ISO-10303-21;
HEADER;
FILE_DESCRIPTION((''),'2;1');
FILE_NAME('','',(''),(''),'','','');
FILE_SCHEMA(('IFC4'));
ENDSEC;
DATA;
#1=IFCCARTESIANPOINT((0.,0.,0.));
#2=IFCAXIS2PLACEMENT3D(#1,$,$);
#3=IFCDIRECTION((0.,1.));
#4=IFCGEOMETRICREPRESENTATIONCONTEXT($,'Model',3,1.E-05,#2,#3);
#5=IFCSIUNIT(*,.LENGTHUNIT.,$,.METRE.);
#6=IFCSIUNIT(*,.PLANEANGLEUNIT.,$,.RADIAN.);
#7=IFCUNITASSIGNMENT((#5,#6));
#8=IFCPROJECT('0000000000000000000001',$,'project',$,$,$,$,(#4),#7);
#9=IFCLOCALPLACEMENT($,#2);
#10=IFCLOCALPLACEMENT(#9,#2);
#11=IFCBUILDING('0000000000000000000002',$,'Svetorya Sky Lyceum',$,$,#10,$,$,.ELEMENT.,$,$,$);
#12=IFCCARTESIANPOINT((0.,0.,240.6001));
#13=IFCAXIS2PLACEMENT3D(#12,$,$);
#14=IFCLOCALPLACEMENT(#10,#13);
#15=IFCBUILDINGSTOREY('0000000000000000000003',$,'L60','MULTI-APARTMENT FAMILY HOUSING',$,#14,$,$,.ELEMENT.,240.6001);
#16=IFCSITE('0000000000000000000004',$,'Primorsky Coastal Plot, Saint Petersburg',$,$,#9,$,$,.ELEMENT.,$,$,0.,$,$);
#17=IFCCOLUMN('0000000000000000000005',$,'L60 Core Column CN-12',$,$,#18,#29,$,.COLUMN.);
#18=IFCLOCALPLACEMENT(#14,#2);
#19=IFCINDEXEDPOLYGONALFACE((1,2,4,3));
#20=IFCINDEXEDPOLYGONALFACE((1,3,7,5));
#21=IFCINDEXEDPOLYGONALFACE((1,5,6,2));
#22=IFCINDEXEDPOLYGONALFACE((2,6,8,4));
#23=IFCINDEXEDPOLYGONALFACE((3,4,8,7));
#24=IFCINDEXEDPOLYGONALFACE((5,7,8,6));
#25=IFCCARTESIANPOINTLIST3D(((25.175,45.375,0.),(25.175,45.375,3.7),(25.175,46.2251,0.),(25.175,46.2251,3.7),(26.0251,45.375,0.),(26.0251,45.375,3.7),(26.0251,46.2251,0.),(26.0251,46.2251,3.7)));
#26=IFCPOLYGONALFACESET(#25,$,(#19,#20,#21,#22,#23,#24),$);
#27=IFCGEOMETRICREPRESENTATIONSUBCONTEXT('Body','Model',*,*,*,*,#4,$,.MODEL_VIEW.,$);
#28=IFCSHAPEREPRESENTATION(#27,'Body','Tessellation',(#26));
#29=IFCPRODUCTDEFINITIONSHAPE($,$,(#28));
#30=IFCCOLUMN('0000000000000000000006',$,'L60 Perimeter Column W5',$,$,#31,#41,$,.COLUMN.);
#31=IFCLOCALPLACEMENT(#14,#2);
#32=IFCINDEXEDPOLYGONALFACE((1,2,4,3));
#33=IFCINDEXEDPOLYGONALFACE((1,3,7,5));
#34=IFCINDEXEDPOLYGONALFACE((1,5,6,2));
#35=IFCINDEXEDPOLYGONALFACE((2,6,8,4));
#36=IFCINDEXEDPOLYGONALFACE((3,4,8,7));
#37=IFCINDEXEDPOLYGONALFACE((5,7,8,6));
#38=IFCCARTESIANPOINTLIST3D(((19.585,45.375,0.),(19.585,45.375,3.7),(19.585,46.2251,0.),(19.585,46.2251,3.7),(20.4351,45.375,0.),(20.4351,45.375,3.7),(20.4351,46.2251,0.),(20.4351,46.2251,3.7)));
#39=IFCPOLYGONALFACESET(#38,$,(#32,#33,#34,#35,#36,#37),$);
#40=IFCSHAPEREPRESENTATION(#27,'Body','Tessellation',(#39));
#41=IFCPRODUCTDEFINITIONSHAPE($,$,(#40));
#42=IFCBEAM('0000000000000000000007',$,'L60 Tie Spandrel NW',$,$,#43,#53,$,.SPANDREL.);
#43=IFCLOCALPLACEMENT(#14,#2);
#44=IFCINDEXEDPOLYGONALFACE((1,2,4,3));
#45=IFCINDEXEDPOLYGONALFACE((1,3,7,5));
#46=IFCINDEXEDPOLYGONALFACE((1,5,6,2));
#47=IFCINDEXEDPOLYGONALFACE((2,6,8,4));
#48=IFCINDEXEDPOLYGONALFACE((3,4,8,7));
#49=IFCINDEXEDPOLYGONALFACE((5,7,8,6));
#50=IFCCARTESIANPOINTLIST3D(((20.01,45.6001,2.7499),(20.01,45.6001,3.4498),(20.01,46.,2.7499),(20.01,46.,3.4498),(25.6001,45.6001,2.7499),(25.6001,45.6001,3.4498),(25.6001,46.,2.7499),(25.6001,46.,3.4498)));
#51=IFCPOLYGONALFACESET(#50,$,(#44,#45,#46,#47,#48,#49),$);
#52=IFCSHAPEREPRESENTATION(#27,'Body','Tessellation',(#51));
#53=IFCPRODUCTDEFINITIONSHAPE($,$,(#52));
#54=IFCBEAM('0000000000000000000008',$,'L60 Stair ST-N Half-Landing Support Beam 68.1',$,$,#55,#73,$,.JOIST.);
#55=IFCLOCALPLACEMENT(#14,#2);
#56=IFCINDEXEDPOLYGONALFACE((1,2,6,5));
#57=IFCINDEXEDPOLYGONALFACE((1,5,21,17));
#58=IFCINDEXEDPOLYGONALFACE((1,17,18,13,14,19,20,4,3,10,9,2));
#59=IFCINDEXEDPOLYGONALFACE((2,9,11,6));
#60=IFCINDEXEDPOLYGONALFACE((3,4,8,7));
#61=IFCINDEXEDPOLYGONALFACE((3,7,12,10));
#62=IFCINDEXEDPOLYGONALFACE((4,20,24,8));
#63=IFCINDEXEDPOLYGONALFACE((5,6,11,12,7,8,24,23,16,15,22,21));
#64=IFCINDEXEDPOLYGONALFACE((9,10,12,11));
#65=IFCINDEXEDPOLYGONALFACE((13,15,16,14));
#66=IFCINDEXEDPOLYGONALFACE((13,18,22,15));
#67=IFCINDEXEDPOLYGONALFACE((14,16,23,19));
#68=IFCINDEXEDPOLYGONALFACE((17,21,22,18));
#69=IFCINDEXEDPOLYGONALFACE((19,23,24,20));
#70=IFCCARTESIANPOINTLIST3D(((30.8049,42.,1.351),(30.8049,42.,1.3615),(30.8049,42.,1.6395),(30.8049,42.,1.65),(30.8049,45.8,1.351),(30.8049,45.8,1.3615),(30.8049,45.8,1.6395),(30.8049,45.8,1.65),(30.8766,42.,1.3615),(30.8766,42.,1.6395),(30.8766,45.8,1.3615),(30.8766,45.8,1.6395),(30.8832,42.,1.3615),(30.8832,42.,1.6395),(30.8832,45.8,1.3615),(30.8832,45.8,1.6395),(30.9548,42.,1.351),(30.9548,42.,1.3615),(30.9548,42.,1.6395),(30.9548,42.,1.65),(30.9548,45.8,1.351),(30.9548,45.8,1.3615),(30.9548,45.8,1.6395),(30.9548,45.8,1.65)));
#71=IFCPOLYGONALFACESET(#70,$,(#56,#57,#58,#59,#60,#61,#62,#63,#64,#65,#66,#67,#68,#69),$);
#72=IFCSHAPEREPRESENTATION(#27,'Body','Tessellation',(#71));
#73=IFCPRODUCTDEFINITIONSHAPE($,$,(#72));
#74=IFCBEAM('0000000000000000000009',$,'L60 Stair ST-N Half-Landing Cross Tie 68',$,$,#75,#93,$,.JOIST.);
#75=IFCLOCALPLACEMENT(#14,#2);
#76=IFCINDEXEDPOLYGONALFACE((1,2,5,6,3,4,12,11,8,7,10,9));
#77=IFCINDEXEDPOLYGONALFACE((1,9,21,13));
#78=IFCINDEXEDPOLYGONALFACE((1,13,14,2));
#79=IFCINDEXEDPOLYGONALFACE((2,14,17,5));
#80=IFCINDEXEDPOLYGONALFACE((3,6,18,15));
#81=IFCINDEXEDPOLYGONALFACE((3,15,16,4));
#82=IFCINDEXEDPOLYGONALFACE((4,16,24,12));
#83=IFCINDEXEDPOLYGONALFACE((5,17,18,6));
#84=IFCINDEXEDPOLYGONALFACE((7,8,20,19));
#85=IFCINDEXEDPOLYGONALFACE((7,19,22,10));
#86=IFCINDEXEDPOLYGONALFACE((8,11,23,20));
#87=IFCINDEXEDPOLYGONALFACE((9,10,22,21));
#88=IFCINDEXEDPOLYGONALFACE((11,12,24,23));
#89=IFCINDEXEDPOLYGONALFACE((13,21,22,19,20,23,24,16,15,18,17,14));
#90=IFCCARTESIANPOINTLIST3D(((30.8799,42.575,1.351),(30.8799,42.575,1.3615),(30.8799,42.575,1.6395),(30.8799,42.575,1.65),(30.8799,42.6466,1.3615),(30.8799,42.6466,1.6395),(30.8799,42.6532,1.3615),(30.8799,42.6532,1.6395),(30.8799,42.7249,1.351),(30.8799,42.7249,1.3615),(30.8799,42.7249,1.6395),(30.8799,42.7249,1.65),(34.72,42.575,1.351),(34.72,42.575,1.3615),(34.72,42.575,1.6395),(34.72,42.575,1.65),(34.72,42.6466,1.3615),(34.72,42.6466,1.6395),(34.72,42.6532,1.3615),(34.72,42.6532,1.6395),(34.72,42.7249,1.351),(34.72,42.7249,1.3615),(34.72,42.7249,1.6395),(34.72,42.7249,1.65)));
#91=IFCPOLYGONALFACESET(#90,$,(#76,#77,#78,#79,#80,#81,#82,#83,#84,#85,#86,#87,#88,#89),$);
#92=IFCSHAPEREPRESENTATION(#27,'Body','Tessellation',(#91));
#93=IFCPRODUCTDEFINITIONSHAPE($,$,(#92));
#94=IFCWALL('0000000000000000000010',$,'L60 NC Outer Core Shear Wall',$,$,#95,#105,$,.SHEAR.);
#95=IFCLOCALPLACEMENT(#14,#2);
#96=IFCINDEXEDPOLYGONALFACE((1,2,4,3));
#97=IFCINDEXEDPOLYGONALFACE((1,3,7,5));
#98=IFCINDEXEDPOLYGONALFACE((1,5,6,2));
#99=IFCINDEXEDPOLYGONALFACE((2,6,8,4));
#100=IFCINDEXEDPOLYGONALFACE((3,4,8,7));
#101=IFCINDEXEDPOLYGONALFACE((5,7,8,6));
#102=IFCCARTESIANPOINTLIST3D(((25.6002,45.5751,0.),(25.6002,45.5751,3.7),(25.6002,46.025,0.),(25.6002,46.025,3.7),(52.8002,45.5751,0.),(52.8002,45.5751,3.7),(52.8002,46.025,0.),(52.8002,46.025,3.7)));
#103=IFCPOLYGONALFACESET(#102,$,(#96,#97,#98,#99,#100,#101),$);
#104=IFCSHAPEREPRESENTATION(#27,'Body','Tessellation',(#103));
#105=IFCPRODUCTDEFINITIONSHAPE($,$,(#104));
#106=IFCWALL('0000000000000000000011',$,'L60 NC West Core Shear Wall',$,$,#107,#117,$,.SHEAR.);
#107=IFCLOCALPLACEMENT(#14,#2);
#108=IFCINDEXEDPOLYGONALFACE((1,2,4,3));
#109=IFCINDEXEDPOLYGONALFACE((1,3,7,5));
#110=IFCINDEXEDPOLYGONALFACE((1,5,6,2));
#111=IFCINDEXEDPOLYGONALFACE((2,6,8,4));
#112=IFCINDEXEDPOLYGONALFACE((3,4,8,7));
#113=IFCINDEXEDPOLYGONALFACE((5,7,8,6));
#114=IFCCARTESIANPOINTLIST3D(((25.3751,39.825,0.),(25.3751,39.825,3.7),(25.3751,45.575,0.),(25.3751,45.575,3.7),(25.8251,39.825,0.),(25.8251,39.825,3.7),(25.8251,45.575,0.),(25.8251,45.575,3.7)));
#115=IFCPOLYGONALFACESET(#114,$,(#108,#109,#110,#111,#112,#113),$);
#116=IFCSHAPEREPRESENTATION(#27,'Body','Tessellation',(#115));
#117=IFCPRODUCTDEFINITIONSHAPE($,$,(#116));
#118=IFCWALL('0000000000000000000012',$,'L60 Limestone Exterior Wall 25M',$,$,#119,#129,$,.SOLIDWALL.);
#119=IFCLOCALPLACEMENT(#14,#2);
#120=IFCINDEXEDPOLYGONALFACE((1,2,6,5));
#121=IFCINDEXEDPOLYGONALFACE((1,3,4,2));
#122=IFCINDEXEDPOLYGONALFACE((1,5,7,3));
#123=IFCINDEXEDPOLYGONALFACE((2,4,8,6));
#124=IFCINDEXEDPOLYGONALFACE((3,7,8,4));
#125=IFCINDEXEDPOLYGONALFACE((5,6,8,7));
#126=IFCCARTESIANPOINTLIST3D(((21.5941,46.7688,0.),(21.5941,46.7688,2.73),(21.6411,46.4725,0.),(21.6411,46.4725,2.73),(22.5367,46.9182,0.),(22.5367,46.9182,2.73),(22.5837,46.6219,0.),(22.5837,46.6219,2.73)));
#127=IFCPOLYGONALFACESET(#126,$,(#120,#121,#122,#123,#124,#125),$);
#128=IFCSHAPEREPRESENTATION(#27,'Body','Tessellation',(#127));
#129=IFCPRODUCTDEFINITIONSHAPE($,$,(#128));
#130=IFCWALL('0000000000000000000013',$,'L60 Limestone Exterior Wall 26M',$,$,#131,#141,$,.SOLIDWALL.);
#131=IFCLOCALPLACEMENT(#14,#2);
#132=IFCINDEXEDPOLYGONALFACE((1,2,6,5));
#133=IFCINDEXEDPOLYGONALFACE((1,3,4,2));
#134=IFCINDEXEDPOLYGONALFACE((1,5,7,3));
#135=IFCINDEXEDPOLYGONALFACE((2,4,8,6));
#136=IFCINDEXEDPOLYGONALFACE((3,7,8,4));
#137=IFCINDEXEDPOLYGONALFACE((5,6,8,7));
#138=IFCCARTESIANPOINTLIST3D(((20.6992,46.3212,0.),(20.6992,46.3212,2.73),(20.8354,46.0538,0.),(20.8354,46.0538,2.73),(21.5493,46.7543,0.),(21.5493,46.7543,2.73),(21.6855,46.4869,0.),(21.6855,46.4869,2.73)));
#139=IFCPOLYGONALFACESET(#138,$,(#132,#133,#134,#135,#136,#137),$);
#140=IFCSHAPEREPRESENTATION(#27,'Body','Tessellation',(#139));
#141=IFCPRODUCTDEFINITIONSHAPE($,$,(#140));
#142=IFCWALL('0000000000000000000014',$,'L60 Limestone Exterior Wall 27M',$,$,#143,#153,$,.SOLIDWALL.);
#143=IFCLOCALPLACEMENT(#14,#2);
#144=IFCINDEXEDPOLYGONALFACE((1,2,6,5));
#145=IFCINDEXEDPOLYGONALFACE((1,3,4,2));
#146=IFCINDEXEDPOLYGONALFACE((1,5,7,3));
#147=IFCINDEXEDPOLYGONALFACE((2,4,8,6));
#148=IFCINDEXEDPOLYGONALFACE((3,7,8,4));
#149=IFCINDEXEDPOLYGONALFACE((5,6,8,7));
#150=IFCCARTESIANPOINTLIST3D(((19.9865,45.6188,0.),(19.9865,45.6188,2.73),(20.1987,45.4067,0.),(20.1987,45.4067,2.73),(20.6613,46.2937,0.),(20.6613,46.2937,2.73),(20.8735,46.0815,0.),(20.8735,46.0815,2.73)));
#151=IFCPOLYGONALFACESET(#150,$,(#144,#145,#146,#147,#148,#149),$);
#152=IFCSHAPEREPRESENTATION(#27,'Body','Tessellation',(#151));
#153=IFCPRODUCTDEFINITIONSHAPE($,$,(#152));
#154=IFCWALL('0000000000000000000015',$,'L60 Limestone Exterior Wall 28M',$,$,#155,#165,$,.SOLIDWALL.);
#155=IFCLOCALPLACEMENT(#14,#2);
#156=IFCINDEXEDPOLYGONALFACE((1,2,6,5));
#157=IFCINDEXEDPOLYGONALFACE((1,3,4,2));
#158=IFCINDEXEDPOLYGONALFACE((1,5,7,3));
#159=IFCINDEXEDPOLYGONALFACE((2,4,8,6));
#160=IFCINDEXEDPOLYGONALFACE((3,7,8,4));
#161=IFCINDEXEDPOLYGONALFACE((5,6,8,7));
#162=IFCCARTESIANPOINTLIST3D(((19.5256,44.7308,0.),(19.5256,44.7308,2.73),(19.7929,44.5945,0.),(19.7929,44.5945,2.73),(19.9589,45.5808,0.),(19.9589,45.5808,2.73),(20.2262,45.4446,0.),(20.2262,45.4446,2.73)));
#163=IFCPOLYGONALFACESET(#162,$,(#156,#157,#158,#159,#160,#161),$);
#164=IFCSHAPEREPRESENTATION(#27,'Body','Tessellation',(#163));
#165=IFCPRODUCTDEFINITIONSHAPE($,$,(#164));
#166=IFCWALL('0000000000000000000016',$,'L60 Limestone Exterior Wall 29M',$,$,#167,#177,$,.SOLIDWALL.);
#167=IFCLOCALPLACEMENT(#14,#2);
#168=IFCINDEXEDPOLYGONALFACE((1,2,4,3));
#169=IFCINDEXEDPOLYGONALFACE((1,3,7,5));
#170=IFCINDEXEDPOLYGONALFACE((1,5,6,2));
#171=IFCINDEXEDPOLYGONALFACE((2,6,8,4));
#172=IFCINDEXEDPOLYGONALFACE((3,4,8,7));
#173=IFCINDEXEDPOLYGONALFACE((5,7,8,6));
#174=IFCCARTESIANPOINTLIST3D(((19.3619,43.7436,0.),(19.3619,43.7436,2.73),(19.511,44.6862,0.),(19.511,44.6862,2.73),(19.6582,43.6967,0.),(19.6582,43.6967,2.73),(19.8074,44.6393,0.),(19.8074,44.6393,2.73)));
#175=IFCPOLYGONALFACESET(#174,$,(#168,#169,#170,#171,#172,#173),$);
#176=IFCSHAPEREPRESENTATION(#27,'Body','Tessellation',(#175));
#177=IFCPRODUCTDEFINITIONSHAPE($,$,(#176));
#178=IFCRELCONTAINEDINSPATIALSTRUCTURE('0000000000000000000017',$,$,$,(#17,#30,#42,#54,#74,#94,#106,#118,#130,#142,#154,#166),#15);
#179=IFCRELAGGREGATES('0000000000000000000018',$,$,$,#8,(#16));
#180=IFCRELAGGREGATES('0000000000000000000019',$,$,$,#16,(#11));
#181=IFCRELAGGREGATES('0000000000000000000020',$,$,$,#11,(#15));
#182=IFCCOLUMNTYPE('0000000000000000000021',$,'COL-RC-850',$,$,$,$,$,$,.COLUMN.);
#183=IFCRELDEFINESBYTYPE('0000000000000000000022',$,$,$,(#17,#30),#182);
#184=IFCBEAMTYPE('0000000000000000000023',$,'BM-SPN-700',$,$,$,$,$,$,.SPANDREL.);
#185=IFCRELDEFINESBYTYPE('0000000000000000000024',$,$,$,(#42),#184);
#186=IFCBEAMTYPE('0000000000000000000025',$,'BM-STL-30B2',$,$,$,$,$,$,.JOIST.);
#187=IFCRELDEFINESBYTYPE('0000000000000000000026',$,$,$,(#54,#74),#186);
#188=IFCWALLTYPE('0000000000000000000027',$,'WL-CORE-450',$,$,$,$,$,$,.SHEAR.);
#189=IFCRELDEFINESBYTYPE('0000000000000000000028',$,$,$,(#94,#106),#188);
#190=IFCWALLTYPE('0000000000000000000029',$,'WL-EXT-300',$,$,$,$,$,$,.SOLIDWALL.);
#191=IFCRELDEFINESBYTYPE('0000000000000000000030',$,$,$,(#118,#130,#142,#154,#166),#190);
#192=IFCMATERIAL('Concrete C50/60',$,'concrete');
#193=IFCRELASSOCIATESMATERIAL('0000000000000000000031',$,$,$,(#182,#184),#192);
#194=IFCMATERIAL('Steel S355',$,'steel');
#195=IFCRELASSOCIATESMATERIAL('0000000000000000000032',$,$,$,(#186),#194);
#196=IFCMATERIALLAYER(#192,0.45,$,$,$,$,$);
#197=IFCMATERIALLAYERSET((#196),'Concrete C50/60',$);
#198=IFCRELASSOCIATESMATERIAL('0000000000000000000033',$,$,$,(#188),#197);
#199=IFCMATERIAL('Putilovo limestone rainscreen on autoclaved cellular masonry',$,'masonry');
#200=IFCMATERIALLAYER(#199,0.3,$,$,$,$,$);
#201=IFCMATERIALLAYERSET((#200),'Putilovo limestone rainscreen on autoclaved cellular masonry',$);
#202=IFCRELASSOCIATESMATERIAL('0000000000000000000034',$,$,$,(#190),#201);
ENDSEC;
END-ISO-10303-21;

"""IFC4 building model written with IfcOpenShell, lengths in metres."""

from ifc_helpers import new_model, si_unit, direction, frame, frame_2d, origin, origin_2d, place, context, subcontext, project, spatial, rectangle, i_section, extrude, material, layer, layer_set, material_profile, profile_set, type_object, element, save


model = new_model("IFC4")

# Units and contexts
model_context = context("Model", 3, precision=1e-05, world=origin(), true_north=direction((0.0, 1.0)))
body_context = subcontext(model_context, "Body", "Model", "MODEL_VIEW")
ifc_project = project(units=[si_unit("LENGTHUNIT", "METRE"), si_unit("PLANEANGLEUNIT", "RADIAN")], contexts=[model_context])

# Site, building, storey
site_placement = place(None, origin())
site = spatial("IfcSite", under=ifc_project, at=site_placement, Name="Primorsky Coastal Plot, Saint Petersburg", CompositionType="ELEMENT", RefElevation=0.0)
building_placement = place(site_placement, origin())
building = spatial("IfcBuilding", under=site, at=building_placement, Name="Svetorya Sky Lyceum", CompositionType="ELEMENT")
storey_placement = place(building_placement, frame((0.0, 0.0, 240.6001)))
storey = spatial("IfcBuildingStorey", under=building, at=storey_placement, Name="L60", Description="MULTI-APARTMENT FAMILY HOUSING", CompositionType="ELEMENT", Elevation=240.6001)

# Columns
ifc_material_1 = material(Name="Concrete C50/60", Category="concrete")
ifc_material_profile_1 = material_profile(ifc_material_1, rectangle(XDim=0.8501, YDim=0.8501, at=origin_2d()), Name="RC COL 850x850")
ifc_profile_set_1 = profile_set([ifc_material_profile_1], Name="Concrete C50/60")
column_type = type_object("IfcColumnType", Name="COL-RC-850", PredefinedType="COLUMN", material=ifc_profile_set_1)
for number, where, z_axis, x_axis, name in (
    (1, (25.6001, 45.8, 0.0), (0.0, 0.0, 1.0), (1.0, 0.0, 0.0), "L60 Core Column CN-12"),
    (2, (20.01, 45.8, 0.0), (0.0, 0.0, 1.0), (1.0, 0.0, 0.0), "L60 Perimeter Column W5"),
):
    element("IfcColumn", number, at=place(storey_placement, frame(where, z_axis=z_axis, x_axis=x_axis)), inside=storey, type_object=column_type, Name=name, PredefinedType="COLUMN", context=body_context, shape_type="SweptSolid", body=[
        extrude(rectangle(XDim=0.8501, YDim=0.8501, at=origin_2d()), origin(), (0.0, 0.0, 1.0), 3.7),
    ])

# Beams
ifc_material_profile_2 = material_profile(ifc_material_1, rectangle(XDim=0.3999, YDim=0.7, at=origin_2d()), Name="RC SPANDREL 400x700")
ifc_profile_set_2 = profile_set([ifc_material_profile_2], Name="Concrete C50/60")
beam_type_1 = type_object("IfcBeamType", Name="BM-SPN-700", PredefinedType="SPANDREL", material=ifc_profile_set_2)
beam_1_placement = place(storey_placement, frame((20.01, 45.8, 3.0999), z_axis=(1.0, 0.0, 0.0), x_axis=(0.0, 1.0, 0.0)))
element("IfcBeam", 3, at=beam_1_placement, inside=storey, type_object=beam_type_1, Name="L60 Tie Spandrel NW", PredefinedType="SPANDREL", context=body_context, shape_type="SweptSolid", body=[
    extrude(rectangle(XDim=0.3999, YDim=0.7, at=origin_2d()), origin(), (0.0, 0.0, 1.0), 5.5901),
])
ifc_material_2 = material(Name="Steel S355", Category="steel")
ifc_material_profile_3 = material_profile(ifc_material_2, i_section(OverallWidth=0.1499, OverallDepth=0.2991, WebThickness=0.0066, FlangeThickness=0.0105, at=origin_2d()), Name="GOST 30B2")
ifc_profile_set_3 = profile_set([ifc_material_profile_3], Name="Steel S355")
beam_type_2 = type_object("IfcBeamType", Name="BM-STL-30B2", PredefinedType="JOIST", material=ifc_profile_set_3)
beam_2_placement = place(storey_placement, frame((30.8799, 42.0, 1.5005), z_axis=(0.0, 1.0, 0.0), x_axis=(-1.0, 0.0, 0.0)))
element("IfcBeam", 4, at=beam_2_placement, inside=storey, type_object=beam_type_2, Name="L60 Stair ST-N Half-Landing Support Beam 68.1", PredefinedType="JOIST", context=body_context, shape_type="SweptSolid", body=[
    extrude(i_section(OverallWidth=0.1499, OverallDepth=0.2991, WebThickness=0.0066, FlangeThickness=0.0105, at=origin_2d()), origin(), (0.0, 0.0, 1.0), 3.8),
])
beam_3_placement = place(storey_placement, frame((30.8799, 42.6499, 1.5005), z_axis=(1.0, 0.0, 0.0), x_axis=(0.0, 1.0, 0.0)))
element("IfcBeam", 5, at=beam_3_placement, inside=storey, type_object=beam_type_2, Name="L60 Stair ST-N Half-Landing Cross Tie 68", PredefinedType="JOIST", context=body_context, shape_type="SweptSolid", body=[
    extrude(i_section(OverallWidth=0.1499, OverallDepth=0.2991, WebThickness=0.0066, FlangeThickness=0.0105, at=origin_2d()), origin(), (0.0, 0.0, 1.0), 3.8401),
])

# Walls
ifc_layer_1 = layer(ifc_material_1, 0.45)
ifc_layer_set_1 = layer_set([ifc_layer_1], Name="Concrete C50/60")
wall_type_1 = type_object("IfcWallType", Name="WL-CORE-450", PredefinedType="SHEAR", material=ifc_layer_set_1)
wall_1_placement = place(storey_placement, frame((25.6001, 45.8, 0.0), z_axis=(0.0, 0.0, 1.0), x_axis=(1.0, 0.0, 0.0)))
element("IfcWall", 6, at=wall_1_placement, inside=storey, type_object=wall_type_1, Name="L60 NC Outer Core Shear Wall", PredefinedType="SHEAR", context=body_context, shape_type="SweptSolid", body=[
    extrude(rectangle(XDim=27.2, YDim=0.45, at=frame_2d((13.6001, 0.0))), origin(), (0.0, 0.0, 1.0), 3.7),
])
wall_2_placement = place(storey_placement, frame((25.6001, 39.825, 0.0), z_axis=(0.0, 0.0, 1.0), x_axis=(0.0, 1.0, 0.0)))
element("IfcWall", 7, at=wall_2_placement, inside=storey, type_object=wall_type_1, Name="L60 NC West Core Shear Wall", PredefinedType="SHEAR", context=body_context, shape_type="SweptSolid", body=[
    extrude(rectangle(XDim=5.75, YDim=0.45, at=frame_2d((2.875, 0.0))), origin(), (0.0, 0.0, 1.0), 3.7),
])
ifc_material_3 = material(Name="Putilovo limestone rainscreen on autoclaved cellular masonry", Category="masonry")
ifc_layer_2 = layer(ifc_material_3, 0.3)
ifc_layer_set_2 = layer_set([ifc_layer_2], Name="Putilovo limestone rainscreen on autoclaved cellular masonry")
wall_type_2 = type_object("IfcWallType", Name="WL-EXT-300", PredefinedType="SOLIDWALL", material=ifc_layer_set_2)
wall_3_placement = place(storey_placement, frame((22.5601, 46.77, 0.0), z_axis=(0.0, 0.0, 1.0), x_axis=(-0.987669, -0.156554, 0.0)))
element("IfcWall", 8, at=wall_3_placement, inside=storey, type_object=wall_type_2, Name="L60 Limestone Exterior Wall 25M", PredefinedType="SOLIDWALL", context=body_context, shape_type="SweptSolid", body=[
    extrude(rectangle(XDim=0.9543, YDim=0.3, at=frame_2d((0.4771, 0.0))), origin(), (0.0, 0.0, 1.0), 2.73),
])
wall_4_placement = place(storey_placement, frame((21.6174, 46.6206, 0.0), z_axis=(0.0, 0.0, 1.0), x_axis=(-0.891024, -0.453956, 0.0)))
element("IfcWall", 9, at=wall_4_placement, inside=storey, type_object=wall_type_2, Name="L60 Limestone Exterior Wall 26M", PredefinedType="SOLIDWALL", context=body_context, shape_type="SweptSolid", body=[
    extrude(rectangle(XDim=0.9541, YDim=0.3, at=frame_2d((0.4771, 0.0))), origin(), (0.0, 0.0, 1.0), 2.73),
])
wall_5_placement = place(storey_placement, frame((20.7673, 46.1875, 0.0), z_axis=(0.0, 0.0, 1.0), x_axis=(-0.707107, -0.707107, 0.0)))
element("IfcWall", 10, at=wall_5_placement, inside=storey, type_object=wall_type_2, Name="L60 Limestone Exterior Wall 27M", PredefinedType="SOLIDWALL", context=body_context, shape_type="SweptSolid", body=[
    extrude(rectangle(XDim=0.9543, YDim=0.3, at=frame_2d((0.4771, 0.0))), origin(), (0.0, 0.0, 1.0), 2.73),
])
wall_6_placement = place(storey_placement, frame((20.0925, 45.5127, 0.0), z_axis=(0.0, 0.0, 1.0), x_axis=(-0.45416, -0.89092, 0.0)))
element("IfcWall", 11, at=wall_6_placement, inside=storey, type_object=wall_type_2, Name="L60 Limestone Exterior Wall 28M", PredefinedType="SOLIDWALL", context=body_context, shape_type="SweptSolid", body=[
    extrude(rectangle(XDim=0.9541, YDim=0.3, at=frame_2d((0.4771, 0.0))), origin(), (0.0, 0.0, 1.0), 2.73),
])
wall_7_placement = place(storey_placement, frame((19.6592, 44.6626, 0.0), z_axis=(0.0, 0.0, 1.0), x_axis=(-0.156304, -0.987709, 0.0)))
element("IfcWall", 12, at=wall_7_placement, inside=storey, type_object=wall_type_2, Name="L60 Limestone Exterior Wall 29M", PredefinedType="SOLIDWALL", context=body_context, shape_type="SweptSolid", body=[
    extrude(rectangle(XDim=0.9543, YDim=0.3, at=frame_2d((0.4771, 0.0))), origin(), (0.0, 0.0, 1.0), 2.73),
])

save(model, "model.ifc")
